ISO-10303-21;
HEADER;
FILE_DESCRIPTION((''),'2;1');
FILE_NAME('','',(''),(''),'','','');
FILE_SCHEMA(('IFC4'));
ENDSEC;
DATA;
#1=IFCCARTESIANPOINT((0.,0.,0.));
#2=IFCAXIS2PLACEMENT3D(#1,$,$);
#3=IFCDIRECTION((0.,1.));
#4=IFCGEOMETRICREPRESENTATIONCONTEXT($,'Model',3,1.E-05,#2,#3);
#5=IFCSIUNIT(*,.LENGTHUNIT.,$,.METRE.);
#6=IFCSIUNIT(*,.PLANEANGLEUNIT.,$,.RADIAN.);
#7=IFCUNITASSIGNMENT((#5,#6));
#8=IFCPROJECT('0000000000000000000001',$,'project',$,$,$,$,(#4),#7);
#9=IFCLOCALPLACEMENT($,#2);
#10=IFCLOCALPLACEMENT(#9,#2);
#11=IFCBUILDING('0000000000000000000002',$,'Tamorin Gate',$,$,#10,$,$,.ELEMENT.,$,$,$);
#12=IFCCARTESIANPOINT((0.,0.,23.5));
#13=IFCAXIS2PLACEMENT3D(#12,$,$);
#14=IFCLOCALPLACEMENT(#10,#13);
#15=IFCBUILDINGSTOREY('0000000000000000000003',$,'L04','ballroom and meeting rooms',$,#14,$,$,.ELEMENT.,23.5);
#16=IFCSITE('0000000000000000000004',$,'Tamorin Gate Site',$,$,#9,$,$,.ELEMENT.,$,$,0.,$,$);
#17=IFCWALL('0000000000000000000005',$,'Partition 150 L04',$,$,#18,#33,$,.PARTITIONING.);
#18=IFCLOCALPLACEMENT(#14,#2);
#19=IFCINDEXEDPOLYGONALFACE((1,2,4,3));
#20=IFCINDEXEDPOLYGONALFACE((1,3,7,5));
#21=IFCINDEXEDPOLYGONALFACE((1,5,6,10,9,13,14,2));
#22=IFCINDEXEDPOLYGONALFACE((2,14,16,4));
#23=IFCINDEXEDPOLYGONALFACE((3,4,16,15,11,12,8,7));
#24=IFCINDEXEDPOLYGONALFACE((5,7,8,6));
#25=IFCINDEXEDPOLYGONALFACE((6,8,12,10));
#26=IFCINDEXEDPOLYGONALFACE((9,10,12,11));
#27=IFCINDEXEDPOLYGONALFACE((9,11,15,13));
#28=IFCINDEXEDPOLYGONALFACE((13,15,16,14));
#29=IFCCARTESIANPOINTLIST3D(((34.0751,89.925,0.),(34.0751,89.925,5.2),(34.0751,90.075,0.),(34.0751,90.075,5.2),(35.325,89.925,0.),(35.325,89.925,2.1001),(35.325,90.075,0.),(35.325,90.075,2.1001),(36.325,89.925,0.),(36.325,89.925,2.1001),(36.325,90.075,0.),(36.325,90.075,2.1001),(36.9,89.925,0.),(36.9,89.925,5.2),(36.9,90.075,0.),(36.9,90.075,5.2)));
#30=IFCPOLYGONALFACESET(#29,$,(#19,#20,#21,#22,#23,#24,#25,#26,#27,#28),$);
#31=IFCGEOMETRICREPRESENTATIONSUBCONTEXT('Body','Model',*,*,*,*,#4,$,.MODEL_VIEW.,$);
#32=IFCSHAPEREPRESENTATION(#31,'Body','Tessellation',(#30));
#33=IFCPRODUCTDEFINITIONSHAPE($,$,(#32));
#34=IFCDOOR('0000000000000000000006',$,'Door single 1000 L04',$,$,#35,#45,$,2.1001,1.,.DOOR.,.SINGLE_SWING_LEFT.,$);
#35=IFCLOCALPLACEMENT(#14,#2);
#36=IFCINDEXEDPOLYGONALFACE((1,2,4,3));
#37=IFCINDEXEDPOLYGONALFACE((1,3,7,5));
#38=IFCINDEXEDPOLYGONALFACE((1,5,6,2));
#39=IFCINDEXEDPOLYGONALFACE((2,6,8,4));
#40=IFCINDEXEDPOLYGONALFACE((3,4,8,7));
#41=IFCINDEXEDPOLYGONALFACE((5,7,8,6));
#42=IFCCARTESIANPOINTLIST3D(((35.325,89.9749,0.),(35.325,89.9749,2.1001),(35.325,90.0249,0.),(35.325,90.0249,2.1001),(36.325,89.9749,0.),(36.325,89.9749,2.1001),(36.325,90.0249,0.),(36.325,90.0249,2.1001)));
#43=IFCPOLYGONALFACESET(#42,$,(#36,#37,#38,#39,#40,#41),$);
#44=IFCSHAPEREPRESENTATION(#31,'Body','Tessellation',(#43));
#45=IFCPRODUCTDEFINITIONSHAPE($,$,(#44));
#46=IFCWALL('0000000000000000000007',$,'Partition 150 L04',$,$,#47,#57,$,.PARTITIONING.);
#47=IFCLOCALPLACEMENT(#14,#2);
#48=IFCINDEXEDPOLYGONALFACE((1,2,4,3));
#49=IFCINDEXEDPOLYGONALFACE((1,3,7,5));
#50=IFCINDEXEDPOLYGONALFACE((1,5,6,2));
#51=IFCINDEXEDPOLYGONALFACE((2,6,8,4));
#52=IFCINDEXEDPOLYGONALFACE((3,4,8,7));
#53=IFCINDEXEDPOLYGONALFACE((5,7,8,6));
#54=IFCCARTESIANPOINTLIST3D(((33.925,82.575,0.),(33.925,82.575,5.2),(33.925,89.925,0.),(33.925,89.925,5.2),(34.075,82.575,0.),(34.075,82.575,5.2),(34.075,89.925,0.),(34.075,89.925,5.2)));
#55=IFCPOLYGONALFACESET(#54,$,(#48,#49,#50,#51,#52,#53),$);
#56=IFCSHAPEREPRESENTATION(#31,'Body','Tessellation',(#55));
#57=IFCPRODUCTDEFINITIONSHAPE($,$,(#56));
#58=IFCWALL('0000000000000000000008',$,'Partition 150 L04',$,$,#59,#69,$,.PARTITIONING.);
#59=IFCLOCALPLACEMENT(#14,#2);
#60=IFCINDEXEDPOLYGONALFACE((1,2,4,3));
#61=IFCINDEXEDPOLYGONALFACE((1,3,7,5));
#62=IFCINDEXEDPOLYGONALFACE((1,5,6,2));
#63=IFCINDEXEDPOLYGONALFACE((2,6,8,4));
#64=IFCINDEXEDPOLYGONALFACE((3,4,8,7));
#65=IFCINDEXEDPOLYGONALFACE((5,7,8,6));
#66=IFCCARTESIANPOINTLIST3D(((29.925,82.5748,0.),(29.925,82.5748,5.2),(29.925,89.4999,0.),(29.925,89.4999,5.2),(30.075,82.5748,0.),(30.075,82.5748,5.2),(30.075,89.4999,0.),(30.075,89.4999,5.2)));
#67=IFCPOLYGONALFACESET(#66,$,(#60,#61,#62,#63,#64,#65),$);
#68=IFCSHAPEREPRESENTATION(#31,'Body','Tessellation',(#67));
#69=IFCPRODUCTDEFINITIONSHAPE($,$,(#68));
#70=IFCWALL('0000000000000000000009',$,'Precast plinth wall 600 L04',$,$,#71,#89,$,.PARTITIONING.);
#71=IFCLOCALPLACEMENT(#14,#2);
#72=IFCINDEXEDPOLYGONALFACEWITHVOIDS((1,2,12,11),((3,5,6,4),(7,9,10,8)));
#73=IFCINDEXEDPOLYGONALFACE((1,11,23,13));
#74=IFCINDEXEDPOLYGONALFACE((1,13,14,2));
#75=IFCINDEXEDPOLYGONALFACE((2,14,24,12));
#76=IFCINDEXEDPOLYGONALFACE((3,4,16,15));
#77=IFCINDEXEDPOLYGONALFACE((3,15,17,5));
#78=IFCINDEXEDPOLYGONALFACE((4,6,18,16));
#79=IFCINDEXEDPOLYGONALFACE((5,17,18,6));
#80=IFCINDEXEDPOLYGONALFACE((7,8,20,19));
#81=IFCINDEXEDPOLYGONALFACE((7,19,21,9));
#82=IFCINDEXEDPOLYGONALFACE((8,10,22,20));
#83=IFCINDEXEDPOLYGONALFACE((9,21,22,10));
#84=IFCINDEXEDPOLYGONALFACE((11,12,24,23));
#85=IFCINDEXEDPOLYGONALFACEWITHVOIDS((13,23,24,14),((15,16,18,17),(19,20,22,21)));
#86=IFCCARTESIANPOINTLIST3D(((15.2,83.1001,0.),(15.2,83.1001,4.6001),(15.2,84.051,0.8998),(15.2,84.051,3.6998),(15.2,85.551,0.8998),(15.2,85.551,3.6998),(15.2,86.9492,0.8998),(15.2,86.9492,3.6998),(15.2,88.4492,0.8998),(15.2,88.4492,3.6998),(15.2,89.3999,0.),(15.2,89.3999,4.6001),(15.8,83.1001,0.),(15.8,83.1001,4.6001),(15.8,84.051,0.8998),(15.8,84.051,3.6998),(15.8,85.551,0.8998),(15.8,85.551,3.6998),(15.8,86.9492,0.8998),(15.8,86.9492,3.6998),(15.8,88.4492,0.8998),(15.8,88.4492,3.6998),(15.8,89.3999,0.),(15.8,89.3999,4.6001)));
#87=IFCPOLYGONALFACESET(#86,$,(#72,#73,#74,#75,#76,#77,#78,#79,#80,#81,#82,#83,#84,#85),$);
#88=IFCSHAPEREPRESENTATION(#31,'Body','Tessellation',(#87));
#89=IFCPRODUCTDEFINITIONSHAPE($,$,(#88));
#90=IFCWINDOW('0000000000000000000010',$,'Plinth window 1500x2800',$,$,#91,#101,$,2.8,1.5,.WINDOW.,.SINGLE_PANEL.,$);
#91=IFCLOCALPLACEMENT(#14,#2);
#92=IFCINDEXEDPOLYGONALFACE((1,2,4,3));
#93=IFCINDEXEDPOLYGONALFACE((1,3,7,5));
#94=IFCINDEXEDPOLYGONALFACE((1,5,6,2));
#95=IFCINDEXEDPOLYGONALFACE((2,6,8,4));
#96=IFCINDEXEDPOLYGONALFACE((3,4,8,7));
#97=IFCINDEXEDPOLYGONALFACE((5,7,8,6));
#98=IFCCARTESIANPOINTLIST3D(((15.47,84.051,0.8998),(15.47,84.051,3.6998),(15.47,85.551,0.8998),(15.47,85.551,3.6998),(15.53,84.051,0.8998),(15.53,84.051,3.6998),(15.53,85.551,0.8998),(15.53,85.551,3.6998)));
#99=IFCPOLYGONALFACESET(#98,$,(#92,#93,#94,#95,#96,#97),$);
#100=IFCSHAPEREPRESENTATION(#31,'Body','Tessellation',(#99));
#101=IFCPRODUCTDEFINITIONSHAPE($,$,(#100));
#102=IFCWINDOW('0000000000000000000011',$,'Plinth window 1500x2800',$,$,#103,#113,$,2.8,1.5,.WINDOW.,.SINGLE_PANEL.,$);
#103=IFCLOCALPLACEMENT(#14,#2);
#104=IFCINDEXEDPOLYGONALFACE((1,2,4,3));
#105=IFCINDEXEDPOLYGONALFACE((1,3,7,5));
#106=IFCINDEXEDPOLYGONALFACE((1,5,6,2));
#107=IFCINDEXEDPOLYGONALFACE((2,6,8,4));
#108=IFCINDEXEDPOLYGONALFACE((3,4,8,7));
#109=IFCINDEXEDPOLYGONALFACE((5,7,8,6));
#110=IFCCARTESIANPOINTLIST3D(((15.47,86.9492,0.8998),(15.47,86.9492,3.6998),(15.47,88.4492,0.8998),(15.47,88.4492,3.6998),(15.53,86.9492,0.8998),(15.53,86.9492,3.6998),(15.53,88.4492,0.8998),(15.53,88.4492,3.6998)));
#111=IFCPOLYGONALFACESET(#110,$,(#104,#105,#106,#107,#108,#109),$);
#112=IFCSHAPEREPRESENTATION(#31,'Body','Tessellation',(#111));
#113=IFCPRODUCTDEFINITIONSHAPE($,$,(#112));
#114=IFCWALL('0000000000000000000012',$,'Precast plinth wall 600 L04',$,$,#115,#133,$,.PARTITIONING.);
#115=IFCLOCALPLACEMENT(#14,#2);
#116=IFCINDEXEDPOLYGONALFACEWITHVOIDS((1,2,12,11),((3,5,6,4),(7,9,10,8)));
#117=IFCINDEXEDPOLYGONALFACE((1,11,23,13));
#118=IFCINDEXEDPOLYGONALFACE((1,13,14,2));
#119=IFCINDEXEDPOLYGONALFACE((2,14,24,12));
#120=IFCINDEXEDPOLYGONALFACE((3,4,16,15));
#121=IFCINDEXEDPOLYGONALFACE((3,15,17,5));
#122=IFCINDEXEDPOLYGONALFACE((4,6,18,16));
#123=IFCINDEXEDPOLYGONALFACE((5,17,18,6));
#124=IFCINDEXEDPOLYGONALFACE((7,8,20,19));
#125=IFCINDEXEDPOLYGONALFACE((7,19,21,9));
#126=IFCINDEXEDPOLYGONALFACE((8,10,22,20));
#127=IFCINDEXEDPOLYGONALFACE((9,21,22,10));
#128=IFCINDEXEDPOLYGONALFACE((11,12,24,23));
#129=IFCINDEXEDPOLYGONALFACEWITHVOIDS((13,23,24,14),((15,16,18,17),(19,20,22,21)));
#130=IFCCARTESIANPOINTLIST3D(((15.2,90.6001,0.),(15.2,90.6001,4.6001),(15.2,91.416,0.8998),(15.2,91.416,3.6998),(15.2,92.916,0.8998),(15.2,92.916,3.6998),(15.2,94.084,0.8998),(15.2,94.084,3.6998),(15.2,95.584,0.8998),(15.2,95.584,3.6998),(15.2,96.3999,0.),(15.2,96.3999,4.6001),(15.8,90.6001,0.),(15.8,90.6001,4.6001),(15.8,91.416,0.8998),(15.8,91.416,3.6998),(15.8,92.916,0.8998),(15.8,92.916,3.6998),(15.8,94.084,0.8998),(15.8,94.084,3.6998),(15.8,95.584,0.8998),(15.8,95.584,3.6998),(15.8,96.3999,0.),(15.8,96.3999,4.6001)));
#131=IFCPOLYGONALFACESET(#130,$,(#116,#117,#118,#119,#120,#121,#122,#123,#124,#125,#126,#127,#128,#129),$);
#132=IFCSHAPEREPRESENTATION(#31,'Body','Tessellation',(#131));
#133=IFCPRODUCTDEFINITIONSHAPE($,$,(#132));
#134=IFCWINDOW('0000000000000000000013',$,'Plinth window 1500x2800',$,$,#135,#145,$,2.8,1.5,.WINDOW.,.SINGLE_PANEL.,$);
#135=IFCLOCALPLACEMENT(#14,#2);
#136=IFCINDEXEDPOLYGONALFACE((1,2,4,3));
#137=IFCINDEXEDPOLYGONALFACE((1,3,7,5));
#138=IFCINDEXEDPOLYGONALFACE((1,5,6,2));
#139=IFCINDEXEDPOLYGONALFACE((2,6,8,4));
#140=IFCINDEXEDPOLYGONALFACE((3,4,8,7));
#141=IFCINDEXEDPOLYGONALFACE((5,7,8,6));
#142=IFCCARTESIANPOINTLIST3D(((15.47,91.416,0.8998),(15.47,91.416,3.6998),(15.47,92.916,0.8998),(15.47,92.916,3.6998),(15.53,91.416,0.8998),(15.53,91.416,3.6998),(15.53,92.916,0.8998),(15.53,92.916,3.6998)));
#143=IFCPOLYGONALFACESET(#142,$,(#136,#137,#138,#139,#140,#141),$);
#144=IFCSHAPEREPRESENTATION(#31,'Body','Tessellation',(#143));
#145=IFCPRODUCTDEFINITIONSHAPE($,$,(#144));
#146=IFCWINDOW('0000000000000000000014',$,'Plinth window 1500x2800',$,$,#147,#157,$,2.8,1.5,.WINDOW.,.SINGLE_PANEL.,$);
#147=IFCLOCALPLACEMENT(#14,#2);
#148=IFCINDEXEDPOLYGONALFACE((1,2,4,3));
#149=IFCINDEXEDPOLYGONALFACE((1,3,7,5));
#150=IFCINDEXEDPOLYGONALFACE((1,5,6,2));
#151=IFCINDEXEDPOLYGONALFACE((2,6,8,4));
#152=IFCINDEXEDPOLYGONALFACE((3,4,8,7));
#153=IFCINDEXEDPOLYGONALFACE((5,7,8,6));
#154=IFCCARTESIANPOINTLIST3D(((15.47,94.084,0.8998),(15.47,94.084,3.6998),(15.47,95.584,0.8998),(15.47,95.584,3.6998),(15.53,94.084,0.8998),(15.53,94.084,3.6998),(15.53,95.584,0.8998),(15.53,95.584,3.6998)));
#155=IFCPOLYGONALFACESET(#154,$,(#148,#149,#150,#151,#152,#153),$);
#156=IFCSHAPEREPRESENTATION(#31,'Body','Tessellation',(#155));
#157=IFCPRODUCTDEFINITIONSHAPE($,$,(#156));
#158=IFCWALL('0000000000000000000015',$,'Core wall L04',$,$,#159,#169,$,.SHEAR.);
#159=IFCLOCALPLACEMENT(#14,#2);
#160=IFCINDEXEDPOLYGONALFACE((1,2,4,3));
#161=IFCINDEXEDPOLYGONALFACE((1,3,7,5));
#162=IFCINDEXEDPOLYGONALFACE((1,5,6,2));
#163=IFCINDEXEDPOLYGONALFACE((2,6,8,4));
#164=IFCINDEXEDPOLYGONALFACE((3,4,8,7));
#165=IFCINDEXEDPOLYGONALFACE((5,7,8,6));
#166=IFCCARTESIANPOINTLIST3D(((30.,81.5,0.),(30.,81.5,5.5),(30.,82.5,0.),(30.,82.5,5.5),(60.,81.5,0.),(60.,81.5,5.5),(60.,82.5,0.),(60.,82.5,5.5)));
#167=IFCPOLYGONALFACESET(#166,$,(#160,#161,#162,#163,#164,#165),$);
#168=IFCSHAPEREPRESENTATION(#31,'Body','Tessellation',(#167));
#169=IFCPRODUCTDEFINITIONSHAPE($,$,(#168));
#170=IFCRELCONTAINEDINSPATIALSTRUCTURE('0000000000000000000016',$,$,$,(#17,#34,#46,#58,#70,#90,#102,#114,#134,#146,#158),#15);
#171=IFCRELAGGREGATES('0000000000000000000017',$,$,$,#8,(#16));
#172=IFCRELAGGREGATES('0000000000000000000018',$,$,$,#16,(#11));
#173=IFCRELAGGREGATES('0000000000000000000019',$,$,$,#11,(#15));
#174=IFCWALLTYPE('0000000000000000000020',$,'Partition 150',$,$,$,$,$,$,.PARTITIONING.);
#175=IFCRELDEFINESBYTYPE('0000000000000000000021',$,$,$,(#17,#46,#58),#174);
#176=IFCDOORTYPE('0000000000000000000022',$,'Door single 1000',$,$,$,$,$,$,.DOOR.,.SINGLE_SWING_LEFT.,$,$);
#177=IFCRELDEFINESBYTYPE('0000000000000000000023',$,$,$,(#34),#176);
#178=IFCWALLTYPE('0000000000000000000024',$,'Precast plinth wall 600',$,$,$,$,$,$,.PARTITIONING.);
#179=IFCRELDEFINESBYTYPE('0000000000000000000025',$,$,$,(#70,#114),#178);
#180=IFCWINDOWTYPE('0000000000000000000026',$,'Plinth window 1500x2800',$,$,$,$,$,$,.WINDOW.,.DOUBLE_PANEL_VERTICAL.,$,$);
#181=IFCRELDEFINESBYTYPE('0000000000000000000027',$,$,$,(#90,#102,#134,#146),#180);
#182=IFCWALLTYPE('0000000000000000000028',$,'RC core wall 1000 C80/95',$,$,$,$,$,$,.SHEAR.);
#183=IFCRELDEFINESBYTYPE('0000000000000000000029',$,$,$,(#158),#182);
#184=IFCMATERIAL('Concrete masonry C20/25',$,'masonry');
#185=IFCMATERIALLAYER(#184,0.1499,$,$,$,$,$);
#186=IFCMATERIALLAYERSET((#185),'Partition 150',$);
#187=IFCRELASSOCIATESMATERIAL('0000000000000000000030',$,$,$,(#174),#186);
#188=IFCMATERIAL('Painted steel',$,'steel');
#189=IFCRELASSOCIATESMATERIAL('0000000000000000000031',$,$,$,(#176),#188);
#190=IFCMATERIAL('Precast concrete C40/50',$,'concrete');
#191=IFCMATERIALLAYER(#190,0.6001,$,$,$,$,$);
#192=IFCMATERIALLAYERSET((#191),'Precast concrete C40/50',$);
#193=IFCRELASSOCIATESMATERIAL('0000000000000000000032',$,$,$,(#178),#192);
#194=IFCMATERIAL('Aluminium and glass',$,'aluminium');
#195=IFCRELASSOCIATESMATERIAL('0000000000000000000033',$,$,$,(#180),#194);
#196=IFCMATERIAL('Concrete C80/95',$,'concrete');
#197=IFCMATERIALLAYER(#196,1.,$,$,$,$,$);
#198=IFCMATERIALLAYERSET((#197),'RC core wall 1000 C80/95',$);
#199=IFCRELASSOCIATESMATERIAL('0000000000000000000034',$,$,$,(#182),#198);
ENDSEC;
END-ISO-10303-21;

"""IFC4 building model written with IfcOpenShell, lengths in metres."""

from ifc_helpers import new_model, si_unit, direction, frame, frame_2d, origin, place, context, subcontext, project, spatial, rectangle, extrude, material, layer, layer_set, type_object, element, fill, save


model = new_model("IFC4")

# Units and contexts
model_context = context("Model", 3, precision=1e-05, world=origin(), true_north=direction((0.0, 1.0)))
body_context = subcontext(model_context, "Body", "Model", "MODEL_VIEW")
ifc_project = project(units=[si_unit("LENGTHUNIT", "METRE"), si_unit("PLANEANGLEUNIT", "RADIAN")], contexts=[model_context])

# Site, building, storey
site_placement = place(None, origin())
site = spatial("IfcSite", under=ifc_project, at=site_placement, Name="Tamorin Gate Site", CompositionType="ELEMENT", RefElevation=0.0)
building_placement = place(site_placement, origin())
building = spatial("IfcBuilding", under=site, at=building_placement, Name="Tamorin Gate", CompositionType="ELEMENT")
storey_placement = place(building_placement, frame((0.0, 0.0, 23.5)))
storey = spatial("IfcBuildingStorey", under=building, at=storey_placement, Name="L04", Description="ballroom and meeting rooms", CompositionType="ELEMENT", Elevation=23.5)

# Shared definitions
ifc_material_1 = material(Name="Concrete C80/95", Category="concrete")

# Shared definitions
ifc_material_2 = material(Name="Concrete masonry C20/25", Category="masonry")
ifc_layer_1 = layer(ifc_material_2, 0.1499)
ifc_layer_set_1 = layer_set([ifc_layer_1], Name="Partition 150")
wall_type_1 = type_object("IfcWallType", Name="Partition 150", PredefinedType="PARTITIONING", material=ifc_layer_set_1)

# Wall, opening, door
ifc_material_3 = material(Name="Painted steel", Category="steel")
door_type_1 = type_object("IfcDoorType", Name="Door single 1000", OperationType="SINGLE_SWING_LEFT", PredefinedType="DOOR", material=ifc_material_3)
wall_1_placement = place(storey_placement, frame((34.075, 90.0, 0.0), z_axis=(0.0, 0.0, 1.0), x_axis=(1.0, 0.0, 0.0)))
wall_1 = element("IfcWall", 1, at=wall_1_placement, inside=storey, type_object=wall_type_1, Name="Partition 150 L04", PredefinedType="PARTITIONING", context=body_context, shape_type="SweptSolid", body=[
    extrude(rectangle(XDim=2.825, YDim=0.1499, at=frame_2d((1.4126, 0.0))), origin(), (0.0, 0.0, 1.0), 5.2),
])
opening_1_placement = place(wall_1_placement, frame((1.25, 0.0, 0.0)))
opening_1 = element("IfcOpeningElement", 2, at=opening_1_placement, cuts=wall_1, PredefinedType="OPENING", context=body_context, shape_type="SweptSolid", body=[
    extrude(rectangle(XDim=1.0, YDim=2.1001, at=frame_2d((0.5, 1.05))), frame((0.0, 0.085, 0.0), z_axis=(0.0, -1.0, 0.0), x_axis=(1.0, 0.0, 0.0)), (0.0, 0.0, 1.0), 0.1699),
])
door_1_placement = place(opening_1_placement, origin())
door_1 = element("IfcDoor", 3, at=door_1_placement, inside=storey, type_object=door_type_1, Name="Door single 1000 L04", OperationType="SINGLE_SWING_LEFT", OverallHeight=2.1001, OverallWidth=1.0, PredefinedType="DOOR", context=body_context, shape_type="SweptSolid", body=[
    extrude(rectangle(XDim=1.0, YDim=2.1001, at=frame_2d((0.5, 1.05))), frame((0.0, 0.0249, 0.0), z_axis=(0.0, -1.0, 0.0), x_axis=(1.0, 0.0, 0.0)), (0.0, 0.0, 1.0), 0.05),
])
fill(opening_1, door_1)

# Walls
wall_2_placement = place(storey_placement, frame((34.0, 82.575, 0.0), z_axis=(0.0, 0.0, 1.0), x_axis=(0.0, 1.0, 0.0)))
element("IfcWall", 4, at=wall_2_placement, inside=storey, type_object=wall_type_1, Name="Partition 150 L04", PredefinedType="PARTITIONING", context=body_context, shape_type="SweptSolid", body=[
    extrude(rectangle(XDim=7.3501, YDim=0.1499, at=frame_2d((3.675, 0.0))), origin(), (0.0, 0.0, 1.0), 5.2),
])
wall_3_placement = place(storey_placement, frame((30.0, 82.575, 0.0), z_axis=(0.0, 0.0, 1.0), x_axis=(0.0, 1.0, 0.0)))
element("IfcWall", 5, at=wall_3_placement, inside=storey, type_object=wall_type_1, Name="Partition 150 L04", PredefinedType="PARTITIONING", context=body_context, shape_type="SweptSolid", body=[
    extrude(rectangle(XDim=6.925, YDim=0.1499, at=frame_2d((3.4624, 0.0))), origin(), (0.0, 0.0, 1.0), 5.2),
])

# Walls, openings, windows
ifc_material_4 = material(Name="Precast concrete C40/50", Category="concrete")
ifc_layer_2 = layer(ifc_material_4, 0.6001)
ifc_layer_set_2 = layer_set([ifc_layer_2], Name="Precast concrete C40/50")
wall_type_2 = type_object("IfcWallType", Name="Precast plinth wall 600", PredefinedType="PARTITIONING", material=ifc_layer_set_2)
wall_4_placement = place(storey_placement, frame((15.5, 83.1001, 0.0), z_axis=(0.0, 0.0, 1.0), x_axis=(0.0, 1.0, 0.0)))
wall_4 = element("IfcWall", 6, at=wall_4_placement, inside=storey, type_object=wall_type_2, Name="Precast plinth wall 600 L04", PredefinedType="PARTITIONING", context=body_context, shape_type="SweptSolid", body=[
    extrude(rectangle(XDim=6.2998, YDim=0.6001, at=frame_2d((3.1499, 0.0))), origin(), (0.0, 0.0, 1.0), 4.6001),
])
opening_2_placement = place(wall_4_placement, frame((0.9509, 0.0, 0.8999)))
opening_2 = element("IfcOpeningElement", 7, at=opening_2_placement, cuts=wall_4, PredefinedType="OPENING", context=body_context, shape_type="SweptSolid", body=[
    extrude(rectangle(XDim=1.5, YDim=2.8, at=frame_2d((0.75, 1.3999))), frame((0.0, 0.3101, 0.0), z_axis=(0.0, -1.0, 0.0), x_axis=(1.0, 0.0, 0.0)), (0.0, 0.0, 1.0), 0.6201),
])
opening_3_placement = place(wall_4_placement, frame((3.8491, 0.0, 0.8999)))
opening_3 = element("IfcOpeningElement", 8, at=opening_3_placement, cuts=wall_4, PredefinedType="OPENING", context=body_context, shape_type="SweptSolid", body=[
    extrude(rectangle(XDim=1.5, YDim=2.8, at=frame_2d((0.75, 1.3999))), frame((0.0, 0.3101, 0.0), z_axis=(0.0, -1.0, 0.0), x_axis=(1.0, 0.0, 0.0)), (0.0, 0.0, 1.0), 0.6201),
])
ifc_material_5 = material(Name="Aluminium and glass", Category="aluminium")
window_type = type_object("IfcWindowType", Name="Plinth window 1500x2800", PartitioningType="DOUBLE_PANEL_VERTICAL", PredefinedType="WINDOW", material=ifc_material_5)
window_1_placement = place(opening_2_placement, origin())
window_1 = element("IfcWindow", 9, at=window_1_placement, inside=storey, type_object=window_type, Name="Plinth window 1500x2800", OverallHeight=2.8, OverallWidth=1.5, PartitioningType="SINGLE_PANEL", PredefinedType="WINDOW", context=body_context, shape_type="SweptSolid", body=[
    extrude(rectangle(XDim=1.5, YDim=2.8, at=frame_2d((0.75, 1.3999))), frame((0.0, 0.03, 0.0), z_axis=(0.0, -1.0, 0.0), x_axis=(1.0, 0.0, 0.0)), (0.0, 0.0, 1.0), 0.0601),
])
fill(opening_2, window_1)
window_2_placement = place(opening_3_placement, origin())
window_2 = element("IfcWindow", 10, at=window_2_placement, inside=storey, type_object=window_type, Name="Plinth window 1500x2800", OverallHeight=2.8, OverallWidth=1.5, PartitioningType="SINGLE_PANEL", PredefinedType="WINDOW", context=body_context, shape_type="SweptSolid", body=[
    extrude(rectangle(XDim=1.5, YDim=2.8, at=frame_2d((0.75, 1.3999))), frame((0.0, 0.03, 0.0), z_axis=(0.0, -1.0, 0.0), x_axis=(1.0, 0.0, 0.0)), (0.0, 0.0, 1.0), 0.0601),
])
fill(opening_3, window_2)
wall_5_placement = place(storey_placement, frame((15.5, 90.6001, 0.0), z_axis=(0.0, 0.0, 1.0), x_axis=(0.0, 1.0, 0.0)))
wall_5 = element("IfcWall", 11, at=wall_5_placement, inside=storey, type_object=wall_type_2, Name="Precast plinth wall 600 L04", PredefinedType="PARTITIONING", context=body_context, shape_type="SweptSolid", body=[
    extrude(rectangle(XDim=5.7998, YDim=0.6001, at=frame_2d((2.8999, 0.0))), origin(), (0.0, 0.0, 1.0), 4.6001),
])
opening_4_placement = place(wall_5_placement, frame((0.8159, 0.0, 0.8999)))
opening_4 = element("IfcOpeningElement", 12, at=opening_4_placement, cuts=wall_5, PredefinedType="OPENING", context=body_context, shape_type="SweptSolid", body=[
    extrude(rectangle(XDim=1.5, YDim=2.8, at=frame_2d((0.75, 1.3999))), frame((0.0, 0.3101, 0.0), z_axis=(0.0, -1.0, 0.0), x_axis=(1.0, 0.0, 0.0)), (0.0, 0.0, 1.0), 0.6201),
])
opening_5_placement = place(wall_5_placement, frame((3.4839, 0.0, 0.8999)))
opening_5 = element("IfcOpeningElement", 13, at=opening_5_placement, cuts=wall_5, PredefinedType="OPENING", context=body_context, shape_type="SweptSolid", body=[
    extrude(rectangle(XDim=1.5, YDim=2.8, at=frame_2d((0.75, 1.3999))), frame((0.0, 0.3101, 0.0), z_axis=(0.0, -1.0, 0.0), x_axis=(1.0, 0.0, 0.0)), (0.0, 0.0, 1.0), 0.6201),
])
window_3_placement = place(opening_4_placement, origin())
window_3 = element("IfcWindow", 14, at=window_3_placement, inside=storey, type_object=window_type, Name="Plinth window 1500x2800", OverallHeight=2.8, OverallWidth=1.5, PartitioningType="SINGLE_PANEL", PredefinedType="WINDOW", context=body_context, shape_type="SweptSolid", body=[
    extrude(rectangle(XDim=1.5, YDim=2.8, at=frame_2d((0.75, 1.3999))), frame((0.0, 0.03, 0.0), z_axis=(0.0, -1.0, 0.0), x_axis=(1.0, 0.0, 0.0)), (0.0, 0.0, 1.0), 0.0601),
])
fill(opening_4, window_3)
window_4_placement = place(opening_5_placement, origin())
window_4 = element("IfcWindow", 15, at=window_4_placement, inside=storey, type_object=window_type, Name="Plinth window 1500x2800", OverallHeight=2.8, OverallWidth=1.5, PartitioningType="SINGLE_PANEL", PredefinedType="WINDOW", context=body_context, shape_type="SweptSolid", body=[
    extrude(rectangle(XDim=1.5, YDim=2.8, at=frame_2d((0.75, 1.3999))), frame((0.0, 0.03, 0.0), z_axis=(0.0, -1.0, 0.0), x_axis=(1.0, 0.0, 0.0)), (0.0, 0.0, 1.0), 0.0601),
])
fill(opening_5, window_4)

# Wall
ifc_layer_3 = layer(ifc_material_1, 1.0)
ifc_layer_set_3 = layer_set([ifc_layer_3], Name="RC core wall 1000 C80/95")
wall_type_3 = type_object("IfcWallType", Name="RC core wall 1000 C80/95", PredefinedType="SHEAR", material=ifc_layer_set_3)
wall_6_placement = place(storey_placement, frame((30.0, 82.0, 0.0), z_axis=(0.0, 0.0, 1.0), x_axis=(1.0, 0.0, 0.0)))
element("IfcWall", 16, at=wall_6_placement, inside=storey, type_object=wall_type_3, Name="Core wall L04", PredefinedType="SHEAR", context=body_context, shape_type="SweptSolid", body=[
    extrude(rectangle(XDim=30.0, YDim=1.0, at=frame_2d((15.0, 0.0))), origin(), (0.0, 0.0, 1.0), 5.5),
])

save(model, "model.ifc")
